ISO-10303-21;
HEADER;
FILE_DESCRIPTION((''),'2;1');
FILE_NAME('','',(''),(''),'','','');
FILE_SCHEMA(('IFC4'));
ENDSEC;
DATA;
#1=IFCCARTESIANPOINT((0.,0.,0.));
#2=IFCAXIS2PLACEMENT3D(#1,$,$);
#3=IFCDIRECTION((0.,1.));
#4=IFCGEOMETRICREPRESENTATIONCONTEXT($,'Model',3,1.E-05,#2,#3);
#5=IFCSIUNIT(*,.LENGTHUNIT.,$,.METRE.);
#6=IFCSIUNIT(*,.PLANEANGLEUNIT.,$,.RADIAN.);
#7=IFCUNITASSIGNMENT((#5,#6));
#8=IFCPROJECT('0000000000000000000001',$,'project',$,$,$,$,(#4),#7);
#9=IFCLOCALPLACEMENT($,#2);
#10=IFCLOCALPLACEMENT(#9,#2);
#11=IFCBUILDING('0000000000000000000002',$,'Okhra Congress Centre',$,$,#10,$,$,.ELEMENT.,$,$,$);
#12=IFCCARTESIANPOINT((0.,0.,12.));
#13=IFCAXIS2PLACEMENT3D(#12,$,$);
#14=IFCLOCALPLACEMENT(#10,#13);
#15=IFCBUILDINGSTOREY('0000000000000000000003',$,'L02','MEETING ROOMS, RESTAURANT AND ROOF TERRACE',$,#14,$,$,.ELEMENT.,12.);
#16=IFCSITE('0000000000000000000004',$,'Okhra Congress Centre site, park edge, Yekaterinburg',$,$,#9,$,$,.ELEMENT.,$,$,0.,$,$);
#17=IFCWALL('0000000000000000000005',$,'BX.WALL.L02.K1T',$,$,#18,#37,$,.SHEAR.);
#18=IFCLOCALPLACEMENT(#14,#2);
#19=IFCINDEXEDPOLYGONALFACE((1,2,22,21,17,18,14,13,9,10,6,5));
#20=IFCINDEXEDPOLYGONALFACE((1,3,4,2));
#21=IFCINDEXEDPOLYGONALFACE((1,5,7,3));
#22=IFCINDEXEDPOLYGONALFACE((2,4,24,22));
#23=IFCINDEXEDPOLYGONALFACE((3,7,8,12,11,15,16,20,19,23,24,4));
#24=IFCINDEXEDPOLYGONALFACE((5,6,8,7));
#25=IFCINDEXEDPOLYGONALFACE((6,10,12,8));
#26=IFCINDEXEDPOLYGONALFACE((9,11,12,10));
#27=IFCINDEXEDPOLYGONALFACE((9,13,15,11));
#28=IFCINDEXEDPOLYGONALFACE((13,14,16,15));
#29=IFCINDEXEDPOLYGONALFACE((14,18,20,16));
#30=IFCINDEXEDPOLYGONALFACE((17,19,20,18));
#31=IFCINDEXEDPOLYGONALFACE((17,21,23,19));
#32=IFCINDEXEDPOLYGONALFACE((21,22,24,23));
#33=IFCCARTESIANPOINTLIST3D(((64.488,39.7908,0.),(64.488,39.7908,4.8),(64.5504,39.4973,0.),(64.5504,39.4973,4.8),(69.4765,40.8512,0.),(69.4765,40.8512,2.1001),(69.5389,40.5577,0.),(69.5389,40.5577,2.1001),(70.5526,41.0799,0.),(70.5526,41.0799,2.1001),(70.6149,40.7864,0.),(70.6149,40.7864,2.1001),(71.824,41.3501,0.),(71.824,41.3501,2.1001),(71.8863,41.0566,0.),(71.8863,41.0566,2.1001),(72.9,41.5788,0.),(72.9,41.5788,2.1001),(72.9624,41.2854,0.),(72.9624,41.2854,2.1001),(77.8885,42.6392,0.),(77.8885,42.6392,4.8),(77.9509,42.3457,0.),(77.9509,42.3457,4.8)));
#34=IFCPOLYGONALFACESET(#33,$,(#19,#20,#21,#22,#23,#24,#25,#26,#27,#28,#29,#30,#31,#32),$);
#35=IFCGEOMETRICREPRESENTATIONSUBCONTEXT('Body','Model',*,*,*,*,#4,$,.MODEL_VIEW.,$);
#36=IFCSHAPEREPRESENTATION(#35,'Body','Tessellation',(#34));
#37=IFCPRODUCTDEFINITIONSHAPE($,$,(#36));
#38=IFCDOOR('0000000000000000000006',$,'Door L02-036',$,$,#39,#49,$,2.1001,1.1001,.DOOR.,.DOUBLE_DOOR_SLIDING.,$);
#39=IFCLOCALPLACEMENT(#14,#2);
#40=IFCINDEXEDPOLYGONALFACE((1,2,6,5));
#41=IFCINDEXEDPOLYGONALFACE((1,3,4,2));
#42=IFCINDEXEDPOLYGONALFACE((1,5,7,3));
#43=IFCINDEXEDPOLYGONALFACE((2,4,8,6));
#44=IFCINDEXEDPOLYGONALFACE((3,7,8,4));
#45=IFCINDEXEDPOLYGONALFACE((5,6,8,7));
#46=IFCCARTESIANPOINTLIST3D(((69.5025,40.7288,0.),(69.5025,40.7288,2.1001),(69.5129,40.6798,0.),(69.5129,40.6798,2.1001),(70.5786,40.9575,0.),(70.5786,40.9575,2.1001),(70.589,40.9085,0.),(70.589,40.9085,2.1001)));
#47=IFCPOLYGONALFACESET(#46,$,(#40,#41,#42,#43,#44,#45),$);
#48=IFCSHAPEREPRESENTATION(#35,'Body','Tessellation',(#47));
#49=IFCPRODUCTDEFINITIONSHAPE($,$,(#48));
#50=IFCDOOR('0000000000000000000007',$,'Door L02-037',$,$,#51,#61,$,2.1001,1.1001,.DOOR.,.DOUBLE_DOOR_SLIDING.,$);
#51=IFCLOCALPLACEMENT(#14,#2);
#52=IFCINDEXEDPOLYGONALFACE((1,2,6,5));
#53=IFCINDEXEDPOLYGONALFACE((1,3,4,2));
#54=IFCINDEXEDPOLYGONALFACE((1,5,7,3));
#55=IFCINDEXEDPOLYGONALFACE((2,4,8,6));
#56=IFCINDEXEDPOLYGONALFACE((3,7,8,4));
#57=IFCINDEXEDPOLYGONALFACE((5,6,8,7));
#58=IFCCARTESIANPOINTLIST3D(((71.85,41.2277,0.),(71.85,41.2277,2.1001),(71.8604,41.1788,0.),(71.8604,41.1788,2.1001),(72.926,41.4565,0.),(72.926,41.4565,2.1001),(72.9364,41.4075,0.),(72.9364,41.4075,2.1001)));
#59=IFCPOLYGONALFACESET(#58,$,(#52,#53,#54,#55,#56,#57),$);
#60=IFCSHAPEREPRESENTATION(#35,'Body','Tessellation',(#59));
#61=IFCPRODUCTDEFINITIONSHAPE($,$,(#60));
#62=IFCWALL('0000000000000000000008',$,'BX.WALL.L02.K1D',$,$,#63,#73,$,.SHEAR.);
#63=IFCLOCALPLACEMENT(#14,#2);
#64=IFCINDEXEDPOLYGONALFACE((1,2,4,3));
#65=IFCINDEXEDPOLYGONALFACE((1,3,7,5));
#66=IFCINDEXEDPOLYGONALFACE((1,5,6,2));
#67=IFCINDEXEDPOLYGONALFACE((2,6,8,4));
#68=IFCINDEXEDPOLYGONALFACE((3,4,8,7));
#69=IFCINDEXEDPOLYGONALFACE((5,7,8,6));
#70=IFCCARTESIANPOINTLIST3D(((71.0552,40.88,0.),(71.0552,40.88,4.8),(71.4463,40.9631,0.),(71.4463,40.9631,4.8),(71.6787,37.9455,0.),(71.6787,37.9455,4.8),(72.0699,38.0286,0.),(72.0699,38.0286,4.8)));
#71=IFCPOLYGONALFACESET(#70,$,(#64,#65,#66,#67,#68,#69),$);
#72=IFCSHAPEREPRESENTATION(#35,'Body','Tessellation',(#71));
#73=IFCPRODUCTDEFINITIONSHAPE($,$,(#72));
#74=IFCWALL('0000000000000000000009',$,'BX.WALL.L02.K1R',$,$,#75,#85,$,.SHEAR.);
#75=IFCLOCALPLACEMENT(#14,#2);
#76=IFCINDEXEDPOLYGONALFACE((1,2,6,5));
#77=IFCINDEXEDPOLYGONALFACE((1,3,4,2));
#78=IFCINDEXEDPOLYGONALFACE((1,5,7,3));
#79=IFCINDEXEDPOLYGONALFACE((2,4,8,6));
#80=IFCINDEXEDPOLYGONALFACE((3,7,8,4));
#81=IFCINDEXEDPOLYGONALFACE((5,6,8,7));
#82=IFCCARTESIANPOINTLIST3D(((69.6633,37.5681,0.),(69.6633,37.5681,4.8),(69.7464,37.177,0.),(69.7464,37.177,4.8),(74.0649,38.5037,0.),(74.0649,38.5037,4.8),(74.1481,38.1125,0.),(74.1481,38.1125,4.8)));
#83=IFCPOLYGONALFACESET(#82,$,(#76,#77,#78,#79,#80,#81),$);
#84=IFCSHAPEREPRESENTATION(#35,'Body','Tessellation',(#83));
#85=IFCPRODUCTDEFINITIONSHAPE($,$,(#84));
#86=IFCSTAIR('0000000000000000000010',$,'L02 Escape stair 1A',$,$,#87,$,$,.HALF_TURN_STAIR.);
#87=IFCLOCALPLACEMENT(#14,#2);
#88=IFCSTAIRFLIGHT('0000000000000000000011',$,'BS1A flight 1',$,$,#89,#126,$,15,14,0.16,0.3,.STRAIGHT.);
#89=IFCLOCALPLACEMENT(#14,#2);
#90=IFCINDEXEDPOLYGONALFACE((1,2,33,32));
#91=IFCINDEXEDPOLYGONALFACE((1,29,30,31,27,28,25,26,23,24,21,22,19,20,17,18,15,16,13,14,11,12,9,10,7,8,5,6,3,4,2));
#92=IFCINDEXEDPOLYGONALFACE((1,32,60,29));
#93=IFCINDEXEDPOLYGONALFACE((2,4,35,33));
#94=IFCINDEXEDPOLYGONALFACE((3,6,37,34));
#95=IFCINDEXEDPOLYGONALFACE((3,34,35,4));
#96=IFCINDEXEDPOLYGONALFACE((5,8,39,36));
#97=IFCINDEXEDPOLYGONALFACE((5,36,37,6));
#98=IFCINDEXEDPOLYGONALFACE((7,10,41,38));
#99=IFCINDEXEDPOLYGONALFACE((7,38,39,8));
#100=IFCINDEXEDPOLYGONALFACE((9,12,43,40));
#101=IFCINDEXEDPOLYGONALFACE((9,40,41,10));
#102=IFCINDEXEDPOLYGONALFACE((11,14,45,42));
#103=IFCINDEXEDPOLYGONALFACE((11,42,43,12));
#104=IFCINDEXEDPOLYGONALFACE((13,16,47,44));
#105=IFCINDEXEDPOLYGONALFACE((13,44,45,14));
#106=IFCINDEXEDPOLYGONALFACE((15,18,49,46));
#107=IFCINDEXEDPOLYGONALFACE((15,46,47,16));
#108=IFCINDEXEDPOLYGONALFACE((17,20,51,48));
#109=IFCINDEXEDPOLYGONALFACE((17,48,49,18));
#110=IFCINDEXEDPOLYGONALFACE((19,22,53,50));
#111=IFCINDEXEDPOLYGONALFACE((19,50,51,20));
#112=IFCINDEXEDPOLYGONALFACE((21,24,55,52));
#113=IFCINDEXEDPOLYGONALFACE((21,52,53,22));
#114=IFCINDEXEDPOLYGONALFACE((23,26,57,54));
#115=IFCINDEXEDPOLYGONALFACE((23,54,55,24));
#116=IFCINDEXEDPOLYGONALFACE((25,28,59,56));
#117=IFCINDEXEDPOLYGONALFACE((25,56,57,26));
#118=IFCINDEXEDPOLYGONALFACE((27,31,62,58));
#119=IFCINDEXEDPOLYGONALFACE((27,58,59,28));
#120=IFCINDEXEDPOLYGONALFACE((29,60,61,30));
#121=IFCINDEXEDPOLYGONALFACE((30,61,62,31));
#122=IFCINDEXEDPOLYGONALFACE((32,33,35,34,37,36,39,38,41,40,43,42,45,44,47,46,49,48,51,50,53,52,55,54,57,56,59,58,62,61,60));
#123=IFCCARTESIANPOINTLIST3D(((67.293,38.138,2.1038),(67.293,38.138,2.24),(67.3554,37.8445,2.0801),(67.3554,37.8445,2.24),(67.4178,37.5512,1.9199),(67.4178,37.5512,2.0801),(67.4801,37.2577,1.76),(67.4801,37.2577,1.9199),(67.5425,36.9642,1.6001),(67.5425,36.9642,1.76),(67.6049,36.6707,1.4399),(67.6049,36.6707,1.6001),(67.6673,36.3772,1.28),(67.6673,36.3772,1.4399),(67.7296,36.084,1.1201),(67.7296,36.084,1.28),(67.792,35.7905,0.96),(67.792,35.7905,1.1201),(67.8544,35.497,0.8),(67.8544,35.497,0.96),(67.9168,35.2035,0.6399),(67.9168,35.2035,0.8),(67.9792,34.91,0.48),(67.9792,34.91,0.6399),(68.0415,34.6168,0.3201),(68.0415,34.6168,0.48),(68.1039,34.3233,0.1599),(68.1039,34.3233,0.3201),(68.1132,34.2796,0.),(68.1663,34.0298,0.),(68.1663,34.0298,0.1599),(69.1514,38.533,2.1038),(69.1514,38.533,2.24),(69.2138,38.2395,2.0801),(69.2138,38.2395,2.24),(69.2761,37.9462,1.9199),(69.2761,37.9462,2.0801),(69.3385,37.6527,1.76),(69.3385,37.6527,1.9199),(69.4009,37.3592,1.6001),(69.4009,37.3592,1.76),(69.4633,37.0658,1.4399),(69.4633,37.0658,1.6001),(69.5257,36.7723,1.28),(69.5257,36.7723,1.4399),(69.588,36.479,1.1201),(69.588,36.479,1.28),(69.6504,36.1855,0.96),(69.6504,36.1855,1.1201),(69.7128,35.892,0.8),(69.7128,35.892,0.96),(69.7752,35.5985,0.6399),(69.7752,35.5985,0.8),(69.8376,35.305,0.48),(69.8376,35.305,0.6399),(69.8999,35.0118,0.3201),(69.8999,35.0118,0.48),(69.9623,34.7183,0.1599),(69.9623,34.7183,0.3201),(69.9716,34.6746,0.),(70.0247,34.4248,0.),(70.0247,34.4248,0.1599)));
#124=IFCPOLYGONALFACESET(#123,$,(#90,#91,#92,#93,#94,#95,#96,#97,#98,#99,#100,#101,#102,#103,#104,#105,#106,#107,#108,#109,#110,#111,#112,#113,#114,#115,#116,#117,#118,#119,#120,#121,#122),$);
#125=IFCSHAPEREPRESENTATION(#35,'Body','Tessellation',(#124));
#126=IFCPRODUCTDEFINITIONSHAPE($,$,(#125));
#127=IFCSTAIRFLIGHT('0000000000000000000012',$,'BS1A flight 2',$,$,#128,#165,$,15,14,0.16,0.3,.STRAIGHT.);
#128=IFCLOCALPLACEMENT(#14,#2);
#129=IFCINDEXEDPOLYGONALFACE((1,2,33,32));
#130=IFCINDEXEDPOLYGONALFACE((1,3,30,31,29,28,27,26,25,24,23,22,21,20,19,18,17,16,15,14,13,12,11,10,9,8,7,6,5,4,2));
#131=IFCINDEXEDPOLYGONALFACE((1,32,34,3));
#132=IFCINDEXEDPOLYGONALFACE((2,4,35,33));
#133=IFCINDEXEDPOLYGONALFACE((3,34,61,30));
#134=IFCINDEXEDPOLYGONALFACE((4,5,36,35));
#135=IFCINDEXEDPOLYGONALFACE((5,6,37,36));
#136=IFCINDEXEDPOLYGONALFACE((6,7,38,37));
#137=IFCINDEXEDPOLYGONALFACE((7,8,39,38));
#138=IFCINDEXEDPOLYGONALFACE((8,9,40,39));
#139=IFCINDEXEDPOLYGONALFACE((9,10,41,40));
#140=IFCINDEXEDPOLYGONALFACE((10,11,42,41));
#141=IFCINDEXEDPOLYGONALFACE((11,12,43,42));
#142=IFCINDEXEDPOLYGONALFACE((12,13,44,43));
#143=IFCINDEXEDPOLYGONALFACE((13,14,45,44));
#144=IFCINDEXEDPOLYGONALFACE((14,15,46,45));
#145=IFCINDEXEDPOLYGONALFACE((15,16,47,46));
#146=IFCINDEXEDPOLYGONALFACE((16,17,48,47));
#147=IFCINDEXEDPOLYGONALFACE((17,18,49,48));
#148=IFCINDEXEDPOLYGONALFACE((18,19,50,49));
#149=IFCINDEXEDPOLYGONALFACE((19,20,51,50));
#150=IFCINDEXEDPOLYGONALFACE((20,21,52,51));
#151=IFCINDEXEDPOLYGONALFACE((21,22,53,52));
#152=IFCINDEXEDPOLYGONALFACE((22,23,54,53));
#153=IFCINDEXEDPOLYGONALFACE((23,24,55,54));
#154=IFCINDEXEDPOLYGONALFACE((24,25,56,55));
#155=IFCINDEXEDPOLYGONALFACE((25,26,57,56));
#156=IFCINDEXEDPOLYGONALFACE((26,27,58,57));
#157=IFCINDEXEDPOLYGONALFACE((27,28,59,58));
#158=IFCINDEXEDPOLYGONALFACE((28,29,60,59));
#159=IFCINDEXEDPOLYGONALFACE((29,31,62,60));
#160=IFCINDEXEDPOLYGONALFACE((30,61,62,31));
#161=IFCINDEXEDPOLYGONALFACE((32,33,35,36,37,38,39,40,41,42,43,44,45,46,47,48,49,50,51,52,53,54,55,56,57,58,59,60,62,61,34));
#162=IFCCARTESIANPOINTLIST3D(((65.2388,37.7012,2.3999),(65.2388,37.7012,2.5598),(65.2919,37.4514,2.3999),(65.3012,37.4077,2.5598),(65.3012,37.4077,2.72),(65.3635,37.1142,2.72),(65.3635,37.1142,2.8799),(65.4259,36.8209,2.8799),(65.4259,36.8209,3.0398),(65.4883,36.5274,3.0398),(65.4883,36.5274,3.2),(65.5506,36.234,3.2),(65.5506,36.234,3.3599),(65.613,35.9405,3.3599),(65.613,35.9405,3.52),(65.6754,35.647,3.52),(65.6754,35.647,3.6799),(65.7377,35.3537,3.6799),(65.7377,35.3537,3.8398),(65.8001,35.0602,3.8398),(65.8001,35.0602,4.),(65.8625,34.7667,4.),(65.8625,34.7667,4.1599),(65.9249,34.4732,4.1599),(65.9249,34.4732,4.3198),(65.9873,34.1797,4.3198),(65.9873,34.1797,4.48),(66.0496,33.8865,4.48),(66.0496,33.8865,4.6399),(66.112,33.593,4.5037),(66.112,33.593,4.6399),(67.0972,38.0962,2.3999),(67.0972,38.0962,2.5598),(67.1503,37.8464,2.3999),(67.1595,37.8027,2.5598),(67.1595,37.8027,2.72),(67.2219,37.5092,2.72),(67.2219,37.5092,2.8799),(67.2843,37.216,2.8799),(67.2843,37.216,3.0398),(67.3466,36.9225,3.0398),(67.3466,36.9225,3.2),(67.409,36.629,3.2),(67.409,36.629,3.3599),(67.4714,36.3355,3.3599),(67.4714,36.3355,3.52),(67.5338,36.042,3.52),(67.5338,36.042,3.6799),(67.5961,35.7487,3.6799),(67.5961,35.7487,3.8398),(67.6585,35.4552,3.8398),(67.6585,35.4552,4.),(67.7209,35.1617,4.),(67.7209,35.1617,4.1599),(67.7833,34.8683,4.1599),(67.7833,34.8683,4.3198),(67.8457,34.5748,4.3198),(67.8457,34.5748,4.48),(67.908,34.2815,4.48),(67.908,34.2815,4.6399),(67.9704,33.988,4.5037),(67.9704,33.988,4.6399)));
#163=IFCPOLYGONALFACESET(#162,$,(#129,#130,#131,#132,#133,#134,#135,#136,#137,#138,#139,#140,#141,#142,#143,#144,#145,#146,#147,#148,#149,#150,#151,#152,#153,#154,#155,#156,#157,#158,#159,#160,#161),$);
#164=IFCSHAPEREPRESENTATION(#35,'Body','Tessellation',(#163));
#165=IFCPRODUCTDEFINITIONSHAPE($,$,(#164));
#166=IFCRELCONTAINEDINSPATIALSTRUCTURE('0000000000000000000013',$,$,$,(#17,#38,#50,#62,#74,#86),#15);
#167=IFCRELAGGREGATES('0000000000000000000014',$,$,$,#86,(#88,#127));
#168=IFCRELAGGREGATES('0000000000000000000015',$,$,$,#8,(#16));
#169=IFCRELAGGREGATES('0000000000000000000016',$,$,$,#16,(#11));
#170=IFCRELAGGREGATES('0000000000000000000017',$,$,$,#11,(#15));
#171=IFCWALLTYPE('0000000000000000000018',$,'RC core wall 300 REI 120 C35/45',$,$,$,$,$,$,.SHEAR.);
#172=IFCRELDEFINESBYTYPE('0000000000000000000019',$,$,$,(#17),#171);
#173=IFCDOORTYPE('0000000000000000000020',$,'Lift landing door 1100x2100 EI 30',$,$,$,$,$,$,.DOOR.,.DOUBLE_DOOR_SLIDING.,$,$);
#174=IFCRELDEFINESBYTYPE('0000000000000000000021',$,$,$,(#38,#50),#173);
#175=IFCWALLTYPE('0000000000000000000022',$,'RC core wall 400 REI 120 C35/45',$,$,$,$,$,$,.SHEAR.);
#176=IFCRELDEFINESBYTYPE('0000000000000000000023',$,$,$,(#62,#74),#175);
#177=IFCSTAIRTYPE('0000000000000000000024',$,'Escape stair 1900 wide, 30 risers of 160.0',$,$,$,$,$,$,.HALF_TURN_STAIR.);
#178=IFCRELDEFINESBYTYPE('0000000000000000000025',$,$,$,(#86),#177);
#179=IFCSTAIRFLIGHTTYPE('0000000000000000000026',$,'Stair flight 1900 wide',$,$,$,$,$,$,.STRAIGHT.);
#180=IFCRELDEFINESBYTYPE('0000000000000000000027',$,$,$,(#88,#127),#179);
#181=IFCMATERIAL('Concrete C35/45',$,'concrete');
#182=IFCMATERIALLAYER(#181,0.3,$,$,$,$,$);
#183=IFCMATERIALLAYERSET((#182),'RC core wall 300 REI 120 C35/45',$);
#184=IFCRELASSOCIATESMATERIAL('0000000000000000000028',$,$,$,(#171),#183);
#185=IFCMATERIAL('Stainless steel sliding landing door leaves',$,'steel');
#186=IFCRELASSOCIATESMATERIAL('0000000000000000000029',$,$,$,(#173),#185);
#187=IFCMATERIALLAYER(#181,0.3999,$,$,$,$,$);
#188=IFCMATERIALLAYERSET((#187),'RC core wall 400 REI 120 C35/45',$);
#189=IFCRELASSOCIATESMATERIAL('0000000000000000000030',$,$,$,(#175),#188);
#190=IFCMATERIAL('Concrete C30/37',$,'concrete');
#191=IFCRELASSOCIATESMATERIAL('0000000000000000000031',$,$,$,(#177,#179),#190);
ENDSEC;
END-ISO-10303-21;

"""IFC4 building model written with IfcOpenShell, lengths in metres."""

from ifc_helpers import new_model, si_unit, direction, frame, frame_2d, origin, place, context, subcontext, project, spatial, polyline, rectangle, outline, extrude, material, layer, layer_set, type_object, element, fill, aggregate, save


model = new_model("IFC4")

# Units and contexts
model_context = context("Model", 3, precision=1e-05, world=origin(), true_north=direction((0.0, 1.0)))
body_context = subcontext(model_context, "Body", "Model", "MODEL_VIEW")
ifc_project = project(units=[si_unit("LENGTHUNIT", "METRE"), si_unit("PLANEANGLEUNIT", "RADIAN")], contexts=[model_context])

# Site, building, storey
site_placement = place(None, origin())
site = spatial("IfcSite", under=ifc_project, at=site_placement, Name="Okhra Congress Centre site, park edge, Yekaterinburg", CompositionType="ELEMENT", RefElevation=0.0)
building_placement = place(site_placement, origin())
building = spatial("IfcBuilding", under=site, at=building_placement, Name="Okhra Congress Centre", CompositionType="ELEMENT")
storey_placement = place(building_placement, frame((0.0, 0.0, 12.0)))
storey = spatial("IfcBuildingStorey", under=building, at=storey_placement, Name="L02", Description="MEETING ROOMS, RESTAURANT AND ROOF TERRACE", CompositionType="ELEMENT", Elevation=12.0)

# Wall, openings, doors
ifc_material_1 = material(Name="Concrete C35/45", Category="concrete")
ifc_layer_1 = layer(ifc_material_1, 0.3)
ifc_layer_set_1 = layer_set([ifc_layer_1], Name="RC core wall 300 REI 120 C35/45")
wall_type_1 = type_object("IfcWallType", Name="RC core wall 300 REI 120 C35/45", PredefinedType="SHEAR", material=ifc_layer_set_1)
wall_1_placement = place(storey_placement, frame((64.519, 39.644, 0.0), z_axis=(0.0, 0.0, 1.0), x_axis=(0.978148, 0.207911, 0.0)))
wall_1 = element("IfcWall", 1, at=wall_1_placement, inside=storey, type_object=wall_type_1, Name="BX.WALL.L02.K1T", PredefinedType="SHEAR", context=body_context, shape_type="SweptSolid", body=[
    extrude(rectangle(XDim=13.7, YDim=0.3, at=frame_2d((6.8501, 0.0))), origin(), (0.0, 0.0, 1.0), 4.8),
])
opening_1_placement = place(wall_1_placement, frame((5.1001, 0.0, 0.0)))
opening_1 = element("IfcOpeningElement", 2, at=opening_1_placement, cuts=wall_1, PredefinedType="OPENING", context=body_context, shape_type="SweptSolid", body=[
    extrude(rectangle(XDim=1.1001, YDim=2.1001, at=frame_2d((0.55, 1.05))), frame((0.0, 0.1599, 0.0), z_axis=(0.0, -1.0, 0.0), x_axis=(1.0, 0.0, 0.0)), (0.0, 0.0, 1.0), 0.3201),
])
opening_2_placement = place(wall_1_placement, frame((7.5, 0.0, 0.0)))
opening_2 = element("IfcOpeningElement", 3, at=opening_2_placement, cuts=wall_1, PredefinedType="OPENING", context=body_context, shape_type="SweptSolid", body=[
    extrude(rectangle(XDim=1.1001, YDim=2.1001, at=frame_2d((0.55, 1.05))), frame((0.0, 0.1599, 0.0), z_axis=(0.0, -1.0, 0.0), x_axis=(1.0, 0.0, 0.0)), (0.0, 0.0, 1.0), 0.3201),
])
ifc_material_2 = material(Name="Stainless steel sliding landing door leaves", Category="steel")
door_type = type_object("IfcDoorType", Name="Lift landing door 1100x2100 EI 30", OperationType="DOUBLE_DOOR_SLIDING", PredefinedType="DOOR", material=ifc_material_2)
door_1_placement = place(opening_1_placement, origin())
door_1 = element("IfcDoor", 4, at=door_1_placement, inside=storey, type_object=door_type, Name="Door L02-036", OperationType="DOUBLE_DOOR_SLIDING", OverallHeight=2.1001, OverallWidth=1.1001, PredefinedType="DOOR", context=body_context, shape_type="SweptSolid", body=[
    extrude(rectangle(XDim=1.1001, YDim=2.1001, at=frame_2d((0.55, 1.05))), frame((0.0, 0.0249, 0.0), z_axis=(0.0, -1.0, 0.0), x_axis=(1.0, 0.0, 0.0)), (0.0, 0.0, 1.0), 0.05),
])
fill(opening_1, door_1)
door_2_placement = place(opening_2_placement, origin())
door_2 = element("IfcDoor", 5, at=door_2_placement, inside=storey, type_object=door_type, Name="Door L02-037", OperationType="DOUBLE_DOOR_SLIDING", OverallHeight=2.1001, OverallWidth=1.1001, PredefinedType="DOOR", context=body_context, shape_type="SweptSolid", body=[
    extrude(rectangle(XDim=1.1001, YDim=2.1001, at=frame_2d((0.55, 1.05))), frame((0.0, 0.0249, 0.0), z_axis=(0.0, -1.0, 0.0), x_axis=(1.0, 0.0, 0.0)), (0.0, 0.0, 1.0), 0.05),
])
fill(opening_2, door_2)

# Walls
ifc_layer_2 = layer(ifc_material_1, 0.3999)
ifc_layer_set_2 = layer_set([ifc_layer_2], Name="RC core wall 400 REI 120 C35/45")
wall_type_2 = type_object("IfcWallType", Name="RC core wall 400 REI 120 C35/45", PredefinedType="SHEAR", material=ifc_layer_set_2)
wall_2_placement = place(storey_placement, frame((71.8743, 37.9871, 0.0), z_axis=(0.0, 0.0, 1.0), x_axis=(-0.207839, 0.978163, 0.0)))
element("IfcWall", 6, at=wall_2_placement, inside=storey, type_object=wall_type_2, Name="BX.WALL.L02.K1D", PredefinedType="SHEAR", context=body_context, shape_type="SweptSolid", body=[
    extrude(rectangle(XDim=3.0, YDim=0.3999, at=frame_2d((1.5, 0.0))), origin(), (0.0, 0.0, 1.0), 4.8),
])
wall_3_placement = place(storey_placement, frame((69.7048, 37.3726, 0.0), z_axis=(0.0, 0.0, 1.0), x_axis=(0.97815, 0.207902, 0.0)))
element("IfcWall", 7, at=wall_3_placement, inside=storey, type_object=wall_type_2, Name="BX.WALL.L02.K1R", PredefinedType="SHEAR", context=body_context, shape_type="SweptSolid", body=[
    extrude(rectangle(XDim=4.5, YDim=0.3999, at=frame_2d((2.25, 0.0))), origin(), (0.0, 0.0, 1.0), 4.8),
])

# Stair, stair flights
ifc_material_3 = material(Name="Concrete C30/37", Category="concrete")
stair_type = type_object("IfcStairType", Name="Escape stair 1900 wide, 30 risers of 160.0", PredefinedType="HALF_TURN_STAIR", material=ifc_material_3)
stair_placement = place(storey_placement, origin())
stair = element("IfcStair", 8, at=stair_placement, inside=storey, type_object=stair_type, Name="L02 Escape stair 1A", PredefinedType="HALF_TURN_STAIR")
stair_flight_type = type_object("IfcStairFlightType", Name="Stair flight 1900 wide", PredefinedType="STRAIGHT", material=ifc_material_3)
stair_flight_1_placement = place(storey_placement, frame((69.0955, 34.2273, 0.0), z_axis=(0.0, 0.0, 1.0), x_axis=(-0.207912, 0.978148, 0.0)))
stair_flight_1 = element("IfcStairFlight", 9, at=stair_flight_1_placement, type_object=stair_flight_type, Name="BS1A flight 1", NumberOfRisers=15, NumberOfTreads=14, PredefinedType="STRAIGHT", RiserHeight=0.16, TreadLength=0.3, context=body_context, shape_type="SweptSolid", body=[
    extrude(outline(polyline([(0.0, 0.0), (0.0, 0.1599), (0.3, 0.1599), (0.3, 0.3201), (0.6001, 0.3201), (0.6001, 0.48), (0.8999, 0.48), (0.8999, 0.6399), (1.2, 0.6399), (1.2, 0.8), (1.5, 0.8), (1.5, 0.96), (1.8, 0.96), (1.8, 1.1201), (2.1001, 1.1201), (2.1001, 1.28), (2.3999, 1.28), (2.3999, 1.4399), (2.7, 1.4399), (2.7, 1.6001), (3.0, 1.6001), (3.0, 1.76), (3.3, 1.76), (3.3, 1.9199), (3.6001, 1.9199), (3.6001, 2.0801), (3.8999, 2.0801), (3.8999, 2.24), (4.2, 2.24), (4.2, 2.3999), (4.2, 2.1038), (0.2554, 0.0), (0.0, 0.0)])), frame((0.0, 0.95, 0.0), z_axis=(0.0, -1.0, 0.0), x_axis=(1.0, 0.0, 0.0)), (0.0, 0.0, 1.0), 1.8999),
])
stair_flight_2_placement = place(storey_placement, frame((66.168, 37.8987, 2.3999), z_axis=(0.0, 0.0, 1.0), x_axis=(0.207912, -0.978148, 0.0)))
stair_flight_2 = element("IfcStairFlight", 10, at=stair_flight_2_placement, type_object=stair_flight_type, Name="BS1A flight 2", NumberOfRisers=15, NumberOfTreads=14, PredefinedType="STRAIGHT", RiserHeight=0.16, TreadLength=0.3, context=body_context, shape_type="SweptSolid", body=[
    extrude(outline(polyline([(0.0, 0.0), (0.0, 0.1599), (0.3, 0.1599), (0.3, 0.3201), (0.6001, 0.3201), (0.6001, 0.48), (0.8999, 0.48), (0.8999, 0.6399), (1.2, 0.6399), (1.2, 0.8), (1.5, 0.8), (1.5, 0.96), (1.8, 0.96), (1.8, 1.1201), (2.1001, 1.1201), (2.1001, 1.28), (2.3999, 1.28), (2.3999, 1.4399), (2.7, 1.4399), (2.7, 1.6001), (3.0, 1.6001), (3.0, 1.76), (3.3, 1.76), (3.3, 1.9199), (3.6001, 1.9199), (3.6001, 2.0801), (3.8999, 2.0801), (3.8999, 2.24), (4.2, 2.24), (4.2, 2.3999), (4.2, 2.1038), (0.2554, 0.0), (0.0, 0.0)])), frame((0.0, 0.95, 0.0), z_axis=(0.0, -1.0, 0.0), x_axis=(1.0, 0.0, 0.0)), (0.0, 0.0, 1.0), 1.8999),
])
aggregate(stair, [stair_flight_1, stair_flight_2])

save(model, "model.ifc")
